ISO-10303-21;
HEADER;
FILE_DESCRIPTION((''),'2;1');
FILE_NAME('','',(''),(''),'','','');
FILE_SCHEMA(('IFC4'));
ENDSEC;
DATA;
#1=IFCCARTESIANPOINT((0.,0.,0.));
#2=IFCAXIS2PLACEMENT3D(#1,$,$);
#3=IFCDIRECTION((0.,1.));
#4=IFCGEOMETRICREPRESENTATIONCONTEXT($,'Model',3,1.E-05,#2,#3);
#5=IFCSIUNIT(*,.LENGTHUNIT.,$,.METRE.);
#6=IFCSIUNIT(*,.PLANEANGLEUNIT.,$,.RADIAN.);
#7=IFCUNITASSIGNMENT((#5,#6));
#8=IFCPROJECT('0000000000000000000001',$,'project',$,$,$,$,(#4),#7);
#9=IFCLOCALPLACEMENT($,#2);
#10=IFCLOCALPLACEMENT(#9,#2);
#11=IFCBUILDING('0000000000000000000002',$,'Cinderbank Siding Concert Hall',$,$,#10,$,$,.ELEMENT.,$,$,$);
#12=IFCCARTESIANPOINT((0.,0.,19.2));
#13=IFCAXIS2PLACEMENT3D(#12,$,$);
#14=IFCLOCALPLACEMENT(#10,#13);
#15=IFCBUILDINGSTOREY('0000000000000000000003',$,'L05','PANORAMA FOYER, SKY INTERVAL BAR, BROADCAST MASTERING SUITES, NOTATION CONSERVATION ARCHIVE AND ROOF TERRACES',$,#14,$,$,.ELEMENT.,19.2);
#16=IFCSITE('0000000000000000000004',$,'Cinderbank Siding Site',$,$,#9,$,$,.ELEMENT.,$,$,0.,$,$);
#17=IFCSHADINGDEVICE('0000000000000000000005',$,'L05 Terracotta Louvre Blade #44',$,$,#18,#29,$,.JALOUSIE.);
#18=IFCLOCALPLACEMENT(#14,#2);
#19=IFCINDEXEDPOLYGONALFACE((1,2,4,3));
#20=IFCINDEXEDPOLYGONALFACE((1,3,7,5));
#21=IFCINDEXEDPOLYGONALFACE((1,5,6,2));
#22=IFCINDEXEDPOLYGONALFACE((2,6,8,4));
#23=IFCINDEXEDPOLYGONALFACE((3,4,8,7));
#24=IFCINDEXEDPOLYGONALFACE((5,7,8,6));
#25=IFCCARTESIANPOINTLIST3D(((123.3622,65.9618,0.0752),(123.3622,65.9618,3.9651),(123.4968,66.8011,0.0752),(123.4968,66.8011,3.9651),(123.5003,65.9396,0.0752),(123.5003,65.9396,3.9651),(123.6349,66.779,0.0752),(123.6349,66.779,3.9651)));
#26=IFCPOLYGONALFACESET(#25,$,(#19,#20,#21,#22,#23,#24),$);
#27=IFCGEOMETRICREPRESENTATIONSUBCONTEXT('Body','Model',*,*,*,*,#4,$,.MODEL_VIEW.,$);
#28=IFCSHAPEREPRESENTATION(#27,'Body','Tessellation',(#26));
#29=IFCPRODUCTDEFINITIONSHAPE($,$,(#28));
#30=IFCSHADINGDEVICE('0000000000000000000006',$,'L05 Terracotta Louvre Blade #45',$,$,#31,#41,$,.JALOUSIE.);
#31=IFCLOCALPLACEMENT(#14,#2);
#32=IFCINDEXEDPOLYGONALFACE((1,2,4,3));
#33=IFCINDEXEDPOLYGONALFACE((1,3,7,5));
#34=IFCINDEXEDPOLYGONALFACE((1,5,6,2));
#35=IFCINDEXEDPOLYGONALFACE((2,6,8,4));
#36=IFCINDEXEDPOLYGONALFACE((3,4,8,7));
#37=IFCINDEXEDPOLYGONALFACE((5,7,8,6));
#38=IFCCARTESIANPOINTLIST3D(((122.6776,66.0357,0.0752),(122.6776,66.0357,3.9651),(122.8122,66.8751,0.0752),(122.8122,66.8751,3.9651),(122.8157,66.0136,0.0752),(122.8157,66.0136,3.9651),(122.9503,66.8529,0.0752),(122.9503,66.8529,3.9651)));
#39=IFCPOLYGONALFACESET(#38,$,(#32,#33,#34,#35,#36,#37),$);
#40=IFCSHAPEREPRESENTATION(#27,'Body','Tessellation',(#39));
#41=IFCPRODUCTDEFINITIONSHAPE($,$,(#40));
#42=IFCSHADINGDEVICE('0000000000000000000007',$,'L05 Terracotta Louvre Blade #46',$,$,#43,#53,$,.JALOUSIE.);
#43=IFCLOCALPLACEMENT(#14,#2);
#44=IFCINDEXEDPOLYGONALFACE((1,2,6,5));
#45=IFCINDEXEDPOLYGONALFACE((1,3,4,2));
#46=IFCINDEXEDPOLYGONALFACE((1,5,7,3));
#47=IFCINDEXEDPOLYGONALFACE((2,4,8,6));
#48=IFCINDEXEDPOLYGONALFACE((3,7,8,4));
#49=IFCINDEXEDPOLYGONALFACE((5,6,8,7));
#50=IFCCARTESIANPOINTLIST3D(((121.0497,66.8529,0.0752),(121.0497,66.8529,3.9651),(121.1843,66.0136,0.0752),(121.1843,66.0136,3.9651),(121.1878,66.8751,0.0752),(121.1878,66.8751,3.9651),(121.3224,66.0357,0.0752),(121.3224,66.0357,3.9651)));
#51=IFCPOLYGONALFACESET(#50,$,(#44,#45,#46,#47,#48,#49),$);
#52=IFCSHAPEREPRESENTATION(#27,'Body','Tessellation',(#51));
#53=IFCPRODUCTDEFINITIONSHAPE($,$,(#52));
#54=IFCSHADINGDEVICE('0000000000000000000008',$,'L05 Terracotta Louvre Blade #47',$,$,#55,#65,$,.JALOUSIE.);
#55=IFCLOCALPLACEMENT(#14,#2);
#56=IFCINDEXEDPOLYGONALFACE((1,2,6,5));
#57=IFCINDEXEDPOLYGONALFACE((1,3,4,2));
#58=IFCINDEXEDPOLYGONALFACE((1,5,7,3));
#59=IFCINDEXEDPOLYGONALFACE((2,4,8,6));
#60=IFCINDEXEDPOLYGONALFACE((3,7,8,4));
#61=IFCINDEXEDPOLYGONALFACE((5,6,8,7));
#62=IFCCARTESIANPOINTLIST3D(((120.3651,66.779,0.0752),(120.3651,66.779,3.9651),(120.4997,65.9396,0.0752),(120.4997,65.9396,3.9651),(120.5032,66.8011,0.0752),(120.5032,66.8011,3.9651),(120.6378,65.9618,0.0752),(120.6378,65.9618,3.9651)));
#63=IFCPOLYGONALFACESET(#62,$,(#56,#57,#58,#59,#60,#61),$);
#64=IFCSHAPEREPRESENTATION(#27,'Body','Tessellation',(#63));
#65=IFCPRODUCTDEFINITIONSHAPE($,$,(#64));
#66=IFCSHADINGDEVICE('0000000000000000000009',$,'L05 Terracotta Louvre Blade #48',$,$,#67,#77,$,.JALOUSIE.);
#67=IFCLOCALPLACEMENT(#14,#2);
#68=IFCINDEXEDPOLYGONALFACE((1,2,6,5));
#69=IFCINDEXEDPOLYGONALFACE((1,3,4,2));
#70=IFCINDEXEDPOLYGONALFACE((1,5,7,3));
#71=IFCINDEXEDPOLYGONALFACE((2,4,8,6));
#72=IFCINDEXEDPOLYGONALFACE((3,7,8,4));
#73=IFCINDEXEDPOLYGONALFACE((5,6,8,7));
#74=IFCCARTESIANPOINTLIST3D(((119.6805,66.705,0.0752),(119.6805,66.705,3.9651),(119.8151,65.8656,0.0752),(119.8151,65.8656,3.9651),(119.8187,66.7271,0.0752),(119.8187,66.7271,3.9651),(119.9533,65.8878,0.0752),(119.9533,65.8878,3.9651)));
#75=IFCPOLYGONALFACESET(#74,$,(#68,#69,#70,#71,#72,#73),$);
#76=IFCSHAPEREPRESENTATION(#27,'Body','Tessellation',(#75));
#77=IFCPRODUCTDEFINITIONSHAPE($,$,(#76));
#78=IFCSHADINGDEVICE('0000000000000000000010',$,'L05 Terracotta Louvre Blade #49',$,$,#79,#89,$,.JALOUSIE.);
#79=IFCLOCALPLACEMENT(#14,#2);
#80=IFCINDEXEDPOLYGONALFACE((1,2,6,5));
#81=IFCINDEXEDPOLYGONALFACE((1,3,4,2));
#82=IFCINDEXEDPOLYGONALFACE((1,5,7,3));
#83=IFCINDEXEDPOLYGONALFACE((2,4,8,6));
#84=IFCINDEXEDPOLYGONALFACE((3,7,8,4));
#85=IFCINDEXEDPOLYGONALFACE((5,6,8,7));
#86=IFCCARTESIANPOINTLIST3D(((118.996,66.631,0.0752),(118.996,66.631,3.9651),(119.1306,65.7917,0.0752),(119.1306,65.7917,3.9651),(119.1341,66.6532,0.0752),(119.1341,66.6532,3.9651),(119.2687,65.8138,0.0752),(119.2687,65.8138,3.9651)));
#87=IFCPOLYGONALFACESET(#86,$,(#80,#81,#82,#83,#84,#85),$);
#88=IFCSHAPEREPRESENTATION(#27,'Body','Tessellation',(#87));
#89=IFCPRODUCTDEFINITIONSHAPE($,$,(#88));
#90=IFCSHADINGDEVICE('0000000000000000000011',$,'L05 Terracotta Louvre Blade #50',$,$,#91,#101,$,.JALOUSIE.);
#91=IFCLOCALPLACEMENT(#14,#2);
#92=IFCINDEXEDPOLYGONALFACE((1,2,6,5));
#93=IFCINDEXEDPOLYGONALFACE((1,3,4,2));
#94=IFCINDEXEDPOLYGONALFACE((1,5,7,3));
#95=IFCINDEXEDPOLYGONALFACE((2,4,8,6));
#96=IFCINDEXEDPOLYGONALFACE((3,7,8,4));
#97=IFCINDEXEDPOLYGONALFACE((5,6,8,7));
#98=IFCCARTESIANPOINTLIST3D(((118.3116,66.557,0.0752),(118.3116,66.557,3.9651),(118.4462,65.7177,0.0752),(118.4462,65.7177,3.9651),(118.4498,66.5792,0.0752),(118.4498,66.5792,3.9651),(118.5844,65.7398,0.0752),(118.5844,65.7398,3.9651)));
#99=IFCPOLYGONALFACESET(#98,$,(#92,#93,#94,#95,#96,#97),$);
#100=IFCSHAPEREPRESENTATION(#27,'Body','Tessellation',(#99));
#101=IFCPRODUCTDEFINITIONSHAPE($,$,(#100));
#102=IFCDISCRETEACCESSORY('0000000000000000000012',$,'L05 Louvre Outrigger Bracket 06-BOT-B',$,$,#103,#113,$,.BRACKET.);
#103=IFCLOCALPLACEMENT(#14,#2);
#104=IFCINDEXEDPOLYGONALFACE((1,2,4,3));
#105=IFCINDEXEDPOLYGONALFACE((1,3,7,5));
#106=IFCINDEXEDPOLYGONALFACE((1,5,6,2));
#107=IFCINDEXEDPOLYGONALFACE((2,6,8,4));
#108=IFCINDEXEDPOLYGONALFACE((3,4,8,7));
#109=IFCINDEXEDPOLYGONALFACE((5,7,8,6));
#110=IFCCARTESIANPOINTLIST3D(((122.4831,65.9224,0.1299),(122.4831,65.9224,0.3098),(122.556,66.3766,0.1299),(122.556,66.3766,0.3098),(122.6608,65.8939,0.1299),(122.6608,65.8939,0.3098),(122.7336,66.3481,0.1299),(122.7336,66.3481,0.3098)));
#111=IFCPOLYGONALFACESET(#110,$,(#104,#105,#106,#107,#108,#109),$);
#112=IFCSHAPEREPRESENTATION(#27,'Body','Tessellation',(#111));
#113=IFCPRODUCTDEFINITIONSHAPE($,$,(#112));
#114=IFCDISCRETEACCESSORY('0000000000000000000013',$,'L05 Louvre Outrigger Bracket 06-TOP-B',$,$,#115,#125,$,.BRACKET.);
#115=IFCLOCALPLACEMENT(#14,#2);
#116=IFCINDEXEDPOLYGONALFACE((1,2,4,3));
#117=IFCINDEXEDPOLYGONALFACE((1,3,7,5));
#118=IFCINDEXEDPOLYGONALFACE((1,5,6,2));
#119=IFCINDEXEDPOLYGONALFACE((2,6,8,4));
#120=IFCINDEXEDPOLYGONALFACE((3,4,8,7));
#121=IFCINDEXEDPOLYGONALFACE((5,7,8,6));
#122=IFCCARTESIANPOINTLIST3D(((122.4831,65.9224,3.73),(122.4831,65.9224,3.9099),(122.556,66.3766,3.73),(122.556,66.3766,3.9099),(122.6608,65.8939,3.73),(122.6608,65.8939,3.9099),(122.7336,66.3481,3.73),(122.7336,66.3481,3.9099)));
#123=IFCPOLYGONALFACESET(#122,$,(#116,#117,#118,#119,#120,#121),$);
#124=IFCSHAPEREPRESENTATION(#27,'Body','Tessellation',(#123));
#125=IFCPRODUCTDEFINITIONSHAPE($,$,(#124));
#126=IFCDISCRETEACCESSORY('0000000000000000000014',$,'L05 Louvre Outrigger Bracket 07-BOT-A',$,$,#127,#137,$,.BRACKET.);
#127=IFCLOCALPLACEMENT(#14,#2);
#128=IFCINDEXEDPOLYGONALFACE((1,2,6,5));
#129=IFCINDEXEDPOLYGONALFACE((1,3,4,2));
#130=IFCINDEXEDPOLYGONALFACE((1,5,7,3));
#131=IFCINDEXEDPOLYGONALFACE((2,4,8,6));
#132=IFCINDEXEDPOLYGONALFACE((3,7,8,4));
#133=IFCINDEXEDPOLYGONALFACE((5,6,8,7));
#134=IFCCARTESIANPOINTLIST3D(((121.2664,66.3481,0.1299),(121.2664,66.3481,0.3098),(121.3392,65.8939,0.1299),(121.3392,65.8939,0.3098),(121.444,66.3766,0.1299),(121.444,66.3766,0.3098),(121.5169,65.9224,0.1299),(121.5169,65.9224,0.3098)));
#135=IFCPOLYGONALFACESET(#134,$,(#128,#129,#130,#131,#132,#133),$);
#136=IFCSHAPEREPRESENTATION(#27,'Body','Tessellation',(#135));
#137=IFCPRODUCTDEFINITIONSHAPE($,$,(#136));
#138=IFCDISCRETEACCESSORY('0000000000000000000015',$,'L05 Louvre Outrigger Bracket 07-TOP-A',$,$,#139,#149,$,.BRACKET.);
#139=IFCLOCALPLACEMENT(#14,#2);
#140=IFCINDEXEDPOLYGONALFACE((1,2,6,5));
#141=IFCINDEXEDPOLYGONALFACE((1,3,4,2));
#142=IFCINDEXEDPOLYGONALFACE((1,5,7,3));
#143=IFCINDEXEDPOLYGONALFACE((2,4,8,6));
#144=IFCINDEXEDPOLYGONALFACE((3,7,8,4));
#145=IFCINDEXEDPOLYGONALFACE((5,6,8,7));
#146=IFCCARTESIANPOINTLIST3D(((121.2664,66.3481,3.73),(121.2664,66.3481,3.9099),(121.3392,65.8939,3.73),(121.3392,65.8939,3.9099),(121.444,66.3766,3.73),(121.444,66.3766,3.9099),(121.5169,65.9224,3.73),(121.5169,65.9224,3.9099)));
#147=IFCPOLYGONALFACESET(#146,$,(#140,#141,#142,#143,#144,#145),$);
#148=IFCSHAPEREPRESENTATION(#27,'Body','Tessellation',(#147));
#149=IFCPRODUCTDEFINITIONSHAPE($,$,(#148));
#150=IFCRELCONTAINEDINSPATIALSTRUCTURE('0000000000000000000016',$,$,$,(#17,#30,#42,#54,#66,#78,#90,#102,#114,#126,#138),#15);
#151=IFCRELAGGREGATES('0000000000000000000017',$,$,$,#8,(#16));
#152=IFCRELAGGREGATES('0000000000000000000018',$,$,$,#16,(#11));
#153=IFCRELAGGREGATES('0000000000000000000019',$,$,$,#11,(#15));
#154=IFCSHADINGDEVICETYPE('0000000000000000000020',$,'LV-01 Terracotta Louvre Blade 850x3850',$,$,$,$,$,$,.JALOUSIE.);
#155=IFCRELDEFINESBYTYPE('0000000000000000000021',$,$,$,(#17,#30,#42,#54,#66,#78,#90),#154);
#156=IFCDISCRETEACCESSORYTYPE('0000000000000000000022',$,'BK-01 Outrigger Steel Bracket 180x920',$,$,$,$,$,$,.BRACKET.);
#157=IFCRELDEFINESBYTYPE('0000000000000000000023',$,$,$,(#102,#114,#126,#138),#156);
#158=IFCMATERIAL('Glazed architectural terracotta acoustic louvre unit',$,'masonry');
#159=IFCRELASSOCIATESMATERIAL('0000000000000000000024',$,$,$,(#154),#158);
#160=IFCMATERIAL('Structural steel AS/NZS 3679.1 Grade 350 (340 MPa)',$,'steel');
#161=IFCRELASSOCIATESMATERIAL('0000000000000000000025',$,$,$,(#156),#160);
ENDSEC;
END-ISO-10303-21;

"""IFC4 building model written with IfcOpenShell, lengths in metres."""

from ifc_helpers import new_model, si_unit, direction, frame, origin, origin_2d, place, context, subcontext, project, spatial, rectangle, extrude, material, type_object, element, save


model = new_model("IFC4")

# Units and contexts
model_context = context("Model", 3, precision=1e-05, world=origin(), true_north=direction((0.0, 1.0)))
body_context = subcontext(model_context, "Body", "Model", "MODEL_VIEW")
ifc_project = project(units=[si_unit("LENGTHUNIT", "METRE"), si_unit("PLANEANGLEUNIT", "RADIAN")], contexts=[model_context])

# Site, building, storey
site_placement = place(None, origin())
site = spatial("IfcSite", under=ifc_project, at=site_placement, Name="Cinderbank Siding Site", CompositionType="ELEMENT", RefElevation=0.0)
building_placement = place(site_placement, origin())
building = spatial("IfcBuilding", under=site, at=building_placement, Name="Cinderbank Siding Concert Hall", CompositionType="ELEMENT")
storey_placement = place(building_placement, frame((0.0, 0.0, 19.2)))
storey = spatial("IfcBuildingStorey", under=building, at=storey_placement, Name="L05", Description="PANORAMA FOYER, SKY INTERVAL BAR, BROADCAST MASTERING SUITES, NOTATION CONSERVATION ARCHIVE AND ROOF TERRACES", CompositionType="ELEMENT", Elevation=19.2)

# Shared definitions
ifc_material_1 = material(Name="Structural steel AS/NZS 3679.1 Grade 350 (340 MPa)", Category="steel")

# Shading devices
ifc_material_2 = material(Name="Glazed architectural terracotta acoustic louvre unit", Category="masonry")
shading_device_type = type_object("IfcShadingDeviceType", Name="LV-01 Terracotta Louvre Blade 850x3850", PredefinedType="JALOUSIE", material=ifc_material_2)
for number, where, z_axis, x_axis, name in (
    (1, (123.4985, 66.3704, 0.0752), (0.0, 0.0, 1.0), (0.158354, 0.987382, 0.0), "L05 Terracotta Louvre Blade #44"),
    (2, (122.814, 66.4443, 0.0752), (0.0, 0.0, 1.0), (0.158354, 0.987382, 0.0), "L05 Terracotta Louvre Blade #45"),
    (3, (121.186, 66.4443, 0.0752), (0.0, 0.0, 1.0), (-0.158354, 0.987382, 0.0), "L05 Terracotta Louvre Blade #46"),
    (4, (120.5015, 66.3704, 0.0752), (0.0, 0.0, 1.0), (-0.158354, 0.987382, 0.0), "L05 Terracotta Louvre Blade #47"),
    (5, (119.8169, 66.2964, 0.0752), (0.0, 0.0, 1.0), (-0.158354, 0.987382, 0.0), "L05 Terracotta Louvre Blade #48"),
    (6, (119.1323, 66.2224, 0.0752), (0.0, 0.0, 1.0), (-0.158354, 0.987382, 0.0), "L05 Terracotta Louvre Blade #49"),
    (7, (118.448, 66.1484, 0.0752), (0.0, 0.0, 1.0), (-0.158354, 0.987382, 0.0), "L05 Terracotta Louvre Blade #50"),
):
    element("IfcShadingDevice", number, at=place(storey_placement, frame(where, z_axis=z_axis, x_axis=x_axis)), inside=storey, type_object=shading_device_type, Name=name, PredefinedType="JALOUSIE", context=body_context, shape_type="SweptSolid", body=[
        extrude(rectangle(XDim=0.8501, YDim=0.1399, at=origin_2d()), origin(), (0.0, 0.0, 1.0), 3.8899),
    ])

# Discrete accessories
discrete_accessory_type = type_object("IfcDiscreteAccessoryType", Name="BK-01 Outrigger Steel Bracket 180x920", PredefinedType="BRACKET", material=ifc_material_1)
for number, where, z_axis, x_axis, name in (
    (8, (122.6084, 66.1353, 0.1299), (0.0, 0.0, 1.0), (0.158354, 0.987382, 0.0), "L05 Louvre Outrigger Bracket 06-BOT-B"),
    (9, (122.6084, 66.1353, 3.73), (0.0, 0.0, 1.0), (0.158354, 0.987382, 0.0), "L05 Louvre Outrigger Bracket 06-TOP-B"),
    (10, (121.3916, 66.1353, 0.1299), (0.0, 0.0, 1.0), (-0.158354, 0.987382, 0.0), "L05 Louvre Outrigger Bracket 07-BOT-A"),
    (11, (121.3916, 66.1353, 3.73), (0.0, 0.0, 1.0), (-0.158354, 0.987382, 0.0), "L05 Louvre Outrigger Bracket 07-TOP-A"),
):
    element("IfcDiscreteAccessory", number, at=place(storey_placement, frame(where, z_axis=z_axis, x_axis=x_axis)), inside=storey, type_object=discrete_accessory_type, Name=name, PredefinedType="BRACKET", context=body_context, shape_type="SweptSolid", body=[
        extrude(rectangle(XDim=0.46, YDim=0.1799, at=origin_2d()), origin(), (0.0, 0.0, 1.0), 0.1799),
    ])

save(model, "model.ifc")
